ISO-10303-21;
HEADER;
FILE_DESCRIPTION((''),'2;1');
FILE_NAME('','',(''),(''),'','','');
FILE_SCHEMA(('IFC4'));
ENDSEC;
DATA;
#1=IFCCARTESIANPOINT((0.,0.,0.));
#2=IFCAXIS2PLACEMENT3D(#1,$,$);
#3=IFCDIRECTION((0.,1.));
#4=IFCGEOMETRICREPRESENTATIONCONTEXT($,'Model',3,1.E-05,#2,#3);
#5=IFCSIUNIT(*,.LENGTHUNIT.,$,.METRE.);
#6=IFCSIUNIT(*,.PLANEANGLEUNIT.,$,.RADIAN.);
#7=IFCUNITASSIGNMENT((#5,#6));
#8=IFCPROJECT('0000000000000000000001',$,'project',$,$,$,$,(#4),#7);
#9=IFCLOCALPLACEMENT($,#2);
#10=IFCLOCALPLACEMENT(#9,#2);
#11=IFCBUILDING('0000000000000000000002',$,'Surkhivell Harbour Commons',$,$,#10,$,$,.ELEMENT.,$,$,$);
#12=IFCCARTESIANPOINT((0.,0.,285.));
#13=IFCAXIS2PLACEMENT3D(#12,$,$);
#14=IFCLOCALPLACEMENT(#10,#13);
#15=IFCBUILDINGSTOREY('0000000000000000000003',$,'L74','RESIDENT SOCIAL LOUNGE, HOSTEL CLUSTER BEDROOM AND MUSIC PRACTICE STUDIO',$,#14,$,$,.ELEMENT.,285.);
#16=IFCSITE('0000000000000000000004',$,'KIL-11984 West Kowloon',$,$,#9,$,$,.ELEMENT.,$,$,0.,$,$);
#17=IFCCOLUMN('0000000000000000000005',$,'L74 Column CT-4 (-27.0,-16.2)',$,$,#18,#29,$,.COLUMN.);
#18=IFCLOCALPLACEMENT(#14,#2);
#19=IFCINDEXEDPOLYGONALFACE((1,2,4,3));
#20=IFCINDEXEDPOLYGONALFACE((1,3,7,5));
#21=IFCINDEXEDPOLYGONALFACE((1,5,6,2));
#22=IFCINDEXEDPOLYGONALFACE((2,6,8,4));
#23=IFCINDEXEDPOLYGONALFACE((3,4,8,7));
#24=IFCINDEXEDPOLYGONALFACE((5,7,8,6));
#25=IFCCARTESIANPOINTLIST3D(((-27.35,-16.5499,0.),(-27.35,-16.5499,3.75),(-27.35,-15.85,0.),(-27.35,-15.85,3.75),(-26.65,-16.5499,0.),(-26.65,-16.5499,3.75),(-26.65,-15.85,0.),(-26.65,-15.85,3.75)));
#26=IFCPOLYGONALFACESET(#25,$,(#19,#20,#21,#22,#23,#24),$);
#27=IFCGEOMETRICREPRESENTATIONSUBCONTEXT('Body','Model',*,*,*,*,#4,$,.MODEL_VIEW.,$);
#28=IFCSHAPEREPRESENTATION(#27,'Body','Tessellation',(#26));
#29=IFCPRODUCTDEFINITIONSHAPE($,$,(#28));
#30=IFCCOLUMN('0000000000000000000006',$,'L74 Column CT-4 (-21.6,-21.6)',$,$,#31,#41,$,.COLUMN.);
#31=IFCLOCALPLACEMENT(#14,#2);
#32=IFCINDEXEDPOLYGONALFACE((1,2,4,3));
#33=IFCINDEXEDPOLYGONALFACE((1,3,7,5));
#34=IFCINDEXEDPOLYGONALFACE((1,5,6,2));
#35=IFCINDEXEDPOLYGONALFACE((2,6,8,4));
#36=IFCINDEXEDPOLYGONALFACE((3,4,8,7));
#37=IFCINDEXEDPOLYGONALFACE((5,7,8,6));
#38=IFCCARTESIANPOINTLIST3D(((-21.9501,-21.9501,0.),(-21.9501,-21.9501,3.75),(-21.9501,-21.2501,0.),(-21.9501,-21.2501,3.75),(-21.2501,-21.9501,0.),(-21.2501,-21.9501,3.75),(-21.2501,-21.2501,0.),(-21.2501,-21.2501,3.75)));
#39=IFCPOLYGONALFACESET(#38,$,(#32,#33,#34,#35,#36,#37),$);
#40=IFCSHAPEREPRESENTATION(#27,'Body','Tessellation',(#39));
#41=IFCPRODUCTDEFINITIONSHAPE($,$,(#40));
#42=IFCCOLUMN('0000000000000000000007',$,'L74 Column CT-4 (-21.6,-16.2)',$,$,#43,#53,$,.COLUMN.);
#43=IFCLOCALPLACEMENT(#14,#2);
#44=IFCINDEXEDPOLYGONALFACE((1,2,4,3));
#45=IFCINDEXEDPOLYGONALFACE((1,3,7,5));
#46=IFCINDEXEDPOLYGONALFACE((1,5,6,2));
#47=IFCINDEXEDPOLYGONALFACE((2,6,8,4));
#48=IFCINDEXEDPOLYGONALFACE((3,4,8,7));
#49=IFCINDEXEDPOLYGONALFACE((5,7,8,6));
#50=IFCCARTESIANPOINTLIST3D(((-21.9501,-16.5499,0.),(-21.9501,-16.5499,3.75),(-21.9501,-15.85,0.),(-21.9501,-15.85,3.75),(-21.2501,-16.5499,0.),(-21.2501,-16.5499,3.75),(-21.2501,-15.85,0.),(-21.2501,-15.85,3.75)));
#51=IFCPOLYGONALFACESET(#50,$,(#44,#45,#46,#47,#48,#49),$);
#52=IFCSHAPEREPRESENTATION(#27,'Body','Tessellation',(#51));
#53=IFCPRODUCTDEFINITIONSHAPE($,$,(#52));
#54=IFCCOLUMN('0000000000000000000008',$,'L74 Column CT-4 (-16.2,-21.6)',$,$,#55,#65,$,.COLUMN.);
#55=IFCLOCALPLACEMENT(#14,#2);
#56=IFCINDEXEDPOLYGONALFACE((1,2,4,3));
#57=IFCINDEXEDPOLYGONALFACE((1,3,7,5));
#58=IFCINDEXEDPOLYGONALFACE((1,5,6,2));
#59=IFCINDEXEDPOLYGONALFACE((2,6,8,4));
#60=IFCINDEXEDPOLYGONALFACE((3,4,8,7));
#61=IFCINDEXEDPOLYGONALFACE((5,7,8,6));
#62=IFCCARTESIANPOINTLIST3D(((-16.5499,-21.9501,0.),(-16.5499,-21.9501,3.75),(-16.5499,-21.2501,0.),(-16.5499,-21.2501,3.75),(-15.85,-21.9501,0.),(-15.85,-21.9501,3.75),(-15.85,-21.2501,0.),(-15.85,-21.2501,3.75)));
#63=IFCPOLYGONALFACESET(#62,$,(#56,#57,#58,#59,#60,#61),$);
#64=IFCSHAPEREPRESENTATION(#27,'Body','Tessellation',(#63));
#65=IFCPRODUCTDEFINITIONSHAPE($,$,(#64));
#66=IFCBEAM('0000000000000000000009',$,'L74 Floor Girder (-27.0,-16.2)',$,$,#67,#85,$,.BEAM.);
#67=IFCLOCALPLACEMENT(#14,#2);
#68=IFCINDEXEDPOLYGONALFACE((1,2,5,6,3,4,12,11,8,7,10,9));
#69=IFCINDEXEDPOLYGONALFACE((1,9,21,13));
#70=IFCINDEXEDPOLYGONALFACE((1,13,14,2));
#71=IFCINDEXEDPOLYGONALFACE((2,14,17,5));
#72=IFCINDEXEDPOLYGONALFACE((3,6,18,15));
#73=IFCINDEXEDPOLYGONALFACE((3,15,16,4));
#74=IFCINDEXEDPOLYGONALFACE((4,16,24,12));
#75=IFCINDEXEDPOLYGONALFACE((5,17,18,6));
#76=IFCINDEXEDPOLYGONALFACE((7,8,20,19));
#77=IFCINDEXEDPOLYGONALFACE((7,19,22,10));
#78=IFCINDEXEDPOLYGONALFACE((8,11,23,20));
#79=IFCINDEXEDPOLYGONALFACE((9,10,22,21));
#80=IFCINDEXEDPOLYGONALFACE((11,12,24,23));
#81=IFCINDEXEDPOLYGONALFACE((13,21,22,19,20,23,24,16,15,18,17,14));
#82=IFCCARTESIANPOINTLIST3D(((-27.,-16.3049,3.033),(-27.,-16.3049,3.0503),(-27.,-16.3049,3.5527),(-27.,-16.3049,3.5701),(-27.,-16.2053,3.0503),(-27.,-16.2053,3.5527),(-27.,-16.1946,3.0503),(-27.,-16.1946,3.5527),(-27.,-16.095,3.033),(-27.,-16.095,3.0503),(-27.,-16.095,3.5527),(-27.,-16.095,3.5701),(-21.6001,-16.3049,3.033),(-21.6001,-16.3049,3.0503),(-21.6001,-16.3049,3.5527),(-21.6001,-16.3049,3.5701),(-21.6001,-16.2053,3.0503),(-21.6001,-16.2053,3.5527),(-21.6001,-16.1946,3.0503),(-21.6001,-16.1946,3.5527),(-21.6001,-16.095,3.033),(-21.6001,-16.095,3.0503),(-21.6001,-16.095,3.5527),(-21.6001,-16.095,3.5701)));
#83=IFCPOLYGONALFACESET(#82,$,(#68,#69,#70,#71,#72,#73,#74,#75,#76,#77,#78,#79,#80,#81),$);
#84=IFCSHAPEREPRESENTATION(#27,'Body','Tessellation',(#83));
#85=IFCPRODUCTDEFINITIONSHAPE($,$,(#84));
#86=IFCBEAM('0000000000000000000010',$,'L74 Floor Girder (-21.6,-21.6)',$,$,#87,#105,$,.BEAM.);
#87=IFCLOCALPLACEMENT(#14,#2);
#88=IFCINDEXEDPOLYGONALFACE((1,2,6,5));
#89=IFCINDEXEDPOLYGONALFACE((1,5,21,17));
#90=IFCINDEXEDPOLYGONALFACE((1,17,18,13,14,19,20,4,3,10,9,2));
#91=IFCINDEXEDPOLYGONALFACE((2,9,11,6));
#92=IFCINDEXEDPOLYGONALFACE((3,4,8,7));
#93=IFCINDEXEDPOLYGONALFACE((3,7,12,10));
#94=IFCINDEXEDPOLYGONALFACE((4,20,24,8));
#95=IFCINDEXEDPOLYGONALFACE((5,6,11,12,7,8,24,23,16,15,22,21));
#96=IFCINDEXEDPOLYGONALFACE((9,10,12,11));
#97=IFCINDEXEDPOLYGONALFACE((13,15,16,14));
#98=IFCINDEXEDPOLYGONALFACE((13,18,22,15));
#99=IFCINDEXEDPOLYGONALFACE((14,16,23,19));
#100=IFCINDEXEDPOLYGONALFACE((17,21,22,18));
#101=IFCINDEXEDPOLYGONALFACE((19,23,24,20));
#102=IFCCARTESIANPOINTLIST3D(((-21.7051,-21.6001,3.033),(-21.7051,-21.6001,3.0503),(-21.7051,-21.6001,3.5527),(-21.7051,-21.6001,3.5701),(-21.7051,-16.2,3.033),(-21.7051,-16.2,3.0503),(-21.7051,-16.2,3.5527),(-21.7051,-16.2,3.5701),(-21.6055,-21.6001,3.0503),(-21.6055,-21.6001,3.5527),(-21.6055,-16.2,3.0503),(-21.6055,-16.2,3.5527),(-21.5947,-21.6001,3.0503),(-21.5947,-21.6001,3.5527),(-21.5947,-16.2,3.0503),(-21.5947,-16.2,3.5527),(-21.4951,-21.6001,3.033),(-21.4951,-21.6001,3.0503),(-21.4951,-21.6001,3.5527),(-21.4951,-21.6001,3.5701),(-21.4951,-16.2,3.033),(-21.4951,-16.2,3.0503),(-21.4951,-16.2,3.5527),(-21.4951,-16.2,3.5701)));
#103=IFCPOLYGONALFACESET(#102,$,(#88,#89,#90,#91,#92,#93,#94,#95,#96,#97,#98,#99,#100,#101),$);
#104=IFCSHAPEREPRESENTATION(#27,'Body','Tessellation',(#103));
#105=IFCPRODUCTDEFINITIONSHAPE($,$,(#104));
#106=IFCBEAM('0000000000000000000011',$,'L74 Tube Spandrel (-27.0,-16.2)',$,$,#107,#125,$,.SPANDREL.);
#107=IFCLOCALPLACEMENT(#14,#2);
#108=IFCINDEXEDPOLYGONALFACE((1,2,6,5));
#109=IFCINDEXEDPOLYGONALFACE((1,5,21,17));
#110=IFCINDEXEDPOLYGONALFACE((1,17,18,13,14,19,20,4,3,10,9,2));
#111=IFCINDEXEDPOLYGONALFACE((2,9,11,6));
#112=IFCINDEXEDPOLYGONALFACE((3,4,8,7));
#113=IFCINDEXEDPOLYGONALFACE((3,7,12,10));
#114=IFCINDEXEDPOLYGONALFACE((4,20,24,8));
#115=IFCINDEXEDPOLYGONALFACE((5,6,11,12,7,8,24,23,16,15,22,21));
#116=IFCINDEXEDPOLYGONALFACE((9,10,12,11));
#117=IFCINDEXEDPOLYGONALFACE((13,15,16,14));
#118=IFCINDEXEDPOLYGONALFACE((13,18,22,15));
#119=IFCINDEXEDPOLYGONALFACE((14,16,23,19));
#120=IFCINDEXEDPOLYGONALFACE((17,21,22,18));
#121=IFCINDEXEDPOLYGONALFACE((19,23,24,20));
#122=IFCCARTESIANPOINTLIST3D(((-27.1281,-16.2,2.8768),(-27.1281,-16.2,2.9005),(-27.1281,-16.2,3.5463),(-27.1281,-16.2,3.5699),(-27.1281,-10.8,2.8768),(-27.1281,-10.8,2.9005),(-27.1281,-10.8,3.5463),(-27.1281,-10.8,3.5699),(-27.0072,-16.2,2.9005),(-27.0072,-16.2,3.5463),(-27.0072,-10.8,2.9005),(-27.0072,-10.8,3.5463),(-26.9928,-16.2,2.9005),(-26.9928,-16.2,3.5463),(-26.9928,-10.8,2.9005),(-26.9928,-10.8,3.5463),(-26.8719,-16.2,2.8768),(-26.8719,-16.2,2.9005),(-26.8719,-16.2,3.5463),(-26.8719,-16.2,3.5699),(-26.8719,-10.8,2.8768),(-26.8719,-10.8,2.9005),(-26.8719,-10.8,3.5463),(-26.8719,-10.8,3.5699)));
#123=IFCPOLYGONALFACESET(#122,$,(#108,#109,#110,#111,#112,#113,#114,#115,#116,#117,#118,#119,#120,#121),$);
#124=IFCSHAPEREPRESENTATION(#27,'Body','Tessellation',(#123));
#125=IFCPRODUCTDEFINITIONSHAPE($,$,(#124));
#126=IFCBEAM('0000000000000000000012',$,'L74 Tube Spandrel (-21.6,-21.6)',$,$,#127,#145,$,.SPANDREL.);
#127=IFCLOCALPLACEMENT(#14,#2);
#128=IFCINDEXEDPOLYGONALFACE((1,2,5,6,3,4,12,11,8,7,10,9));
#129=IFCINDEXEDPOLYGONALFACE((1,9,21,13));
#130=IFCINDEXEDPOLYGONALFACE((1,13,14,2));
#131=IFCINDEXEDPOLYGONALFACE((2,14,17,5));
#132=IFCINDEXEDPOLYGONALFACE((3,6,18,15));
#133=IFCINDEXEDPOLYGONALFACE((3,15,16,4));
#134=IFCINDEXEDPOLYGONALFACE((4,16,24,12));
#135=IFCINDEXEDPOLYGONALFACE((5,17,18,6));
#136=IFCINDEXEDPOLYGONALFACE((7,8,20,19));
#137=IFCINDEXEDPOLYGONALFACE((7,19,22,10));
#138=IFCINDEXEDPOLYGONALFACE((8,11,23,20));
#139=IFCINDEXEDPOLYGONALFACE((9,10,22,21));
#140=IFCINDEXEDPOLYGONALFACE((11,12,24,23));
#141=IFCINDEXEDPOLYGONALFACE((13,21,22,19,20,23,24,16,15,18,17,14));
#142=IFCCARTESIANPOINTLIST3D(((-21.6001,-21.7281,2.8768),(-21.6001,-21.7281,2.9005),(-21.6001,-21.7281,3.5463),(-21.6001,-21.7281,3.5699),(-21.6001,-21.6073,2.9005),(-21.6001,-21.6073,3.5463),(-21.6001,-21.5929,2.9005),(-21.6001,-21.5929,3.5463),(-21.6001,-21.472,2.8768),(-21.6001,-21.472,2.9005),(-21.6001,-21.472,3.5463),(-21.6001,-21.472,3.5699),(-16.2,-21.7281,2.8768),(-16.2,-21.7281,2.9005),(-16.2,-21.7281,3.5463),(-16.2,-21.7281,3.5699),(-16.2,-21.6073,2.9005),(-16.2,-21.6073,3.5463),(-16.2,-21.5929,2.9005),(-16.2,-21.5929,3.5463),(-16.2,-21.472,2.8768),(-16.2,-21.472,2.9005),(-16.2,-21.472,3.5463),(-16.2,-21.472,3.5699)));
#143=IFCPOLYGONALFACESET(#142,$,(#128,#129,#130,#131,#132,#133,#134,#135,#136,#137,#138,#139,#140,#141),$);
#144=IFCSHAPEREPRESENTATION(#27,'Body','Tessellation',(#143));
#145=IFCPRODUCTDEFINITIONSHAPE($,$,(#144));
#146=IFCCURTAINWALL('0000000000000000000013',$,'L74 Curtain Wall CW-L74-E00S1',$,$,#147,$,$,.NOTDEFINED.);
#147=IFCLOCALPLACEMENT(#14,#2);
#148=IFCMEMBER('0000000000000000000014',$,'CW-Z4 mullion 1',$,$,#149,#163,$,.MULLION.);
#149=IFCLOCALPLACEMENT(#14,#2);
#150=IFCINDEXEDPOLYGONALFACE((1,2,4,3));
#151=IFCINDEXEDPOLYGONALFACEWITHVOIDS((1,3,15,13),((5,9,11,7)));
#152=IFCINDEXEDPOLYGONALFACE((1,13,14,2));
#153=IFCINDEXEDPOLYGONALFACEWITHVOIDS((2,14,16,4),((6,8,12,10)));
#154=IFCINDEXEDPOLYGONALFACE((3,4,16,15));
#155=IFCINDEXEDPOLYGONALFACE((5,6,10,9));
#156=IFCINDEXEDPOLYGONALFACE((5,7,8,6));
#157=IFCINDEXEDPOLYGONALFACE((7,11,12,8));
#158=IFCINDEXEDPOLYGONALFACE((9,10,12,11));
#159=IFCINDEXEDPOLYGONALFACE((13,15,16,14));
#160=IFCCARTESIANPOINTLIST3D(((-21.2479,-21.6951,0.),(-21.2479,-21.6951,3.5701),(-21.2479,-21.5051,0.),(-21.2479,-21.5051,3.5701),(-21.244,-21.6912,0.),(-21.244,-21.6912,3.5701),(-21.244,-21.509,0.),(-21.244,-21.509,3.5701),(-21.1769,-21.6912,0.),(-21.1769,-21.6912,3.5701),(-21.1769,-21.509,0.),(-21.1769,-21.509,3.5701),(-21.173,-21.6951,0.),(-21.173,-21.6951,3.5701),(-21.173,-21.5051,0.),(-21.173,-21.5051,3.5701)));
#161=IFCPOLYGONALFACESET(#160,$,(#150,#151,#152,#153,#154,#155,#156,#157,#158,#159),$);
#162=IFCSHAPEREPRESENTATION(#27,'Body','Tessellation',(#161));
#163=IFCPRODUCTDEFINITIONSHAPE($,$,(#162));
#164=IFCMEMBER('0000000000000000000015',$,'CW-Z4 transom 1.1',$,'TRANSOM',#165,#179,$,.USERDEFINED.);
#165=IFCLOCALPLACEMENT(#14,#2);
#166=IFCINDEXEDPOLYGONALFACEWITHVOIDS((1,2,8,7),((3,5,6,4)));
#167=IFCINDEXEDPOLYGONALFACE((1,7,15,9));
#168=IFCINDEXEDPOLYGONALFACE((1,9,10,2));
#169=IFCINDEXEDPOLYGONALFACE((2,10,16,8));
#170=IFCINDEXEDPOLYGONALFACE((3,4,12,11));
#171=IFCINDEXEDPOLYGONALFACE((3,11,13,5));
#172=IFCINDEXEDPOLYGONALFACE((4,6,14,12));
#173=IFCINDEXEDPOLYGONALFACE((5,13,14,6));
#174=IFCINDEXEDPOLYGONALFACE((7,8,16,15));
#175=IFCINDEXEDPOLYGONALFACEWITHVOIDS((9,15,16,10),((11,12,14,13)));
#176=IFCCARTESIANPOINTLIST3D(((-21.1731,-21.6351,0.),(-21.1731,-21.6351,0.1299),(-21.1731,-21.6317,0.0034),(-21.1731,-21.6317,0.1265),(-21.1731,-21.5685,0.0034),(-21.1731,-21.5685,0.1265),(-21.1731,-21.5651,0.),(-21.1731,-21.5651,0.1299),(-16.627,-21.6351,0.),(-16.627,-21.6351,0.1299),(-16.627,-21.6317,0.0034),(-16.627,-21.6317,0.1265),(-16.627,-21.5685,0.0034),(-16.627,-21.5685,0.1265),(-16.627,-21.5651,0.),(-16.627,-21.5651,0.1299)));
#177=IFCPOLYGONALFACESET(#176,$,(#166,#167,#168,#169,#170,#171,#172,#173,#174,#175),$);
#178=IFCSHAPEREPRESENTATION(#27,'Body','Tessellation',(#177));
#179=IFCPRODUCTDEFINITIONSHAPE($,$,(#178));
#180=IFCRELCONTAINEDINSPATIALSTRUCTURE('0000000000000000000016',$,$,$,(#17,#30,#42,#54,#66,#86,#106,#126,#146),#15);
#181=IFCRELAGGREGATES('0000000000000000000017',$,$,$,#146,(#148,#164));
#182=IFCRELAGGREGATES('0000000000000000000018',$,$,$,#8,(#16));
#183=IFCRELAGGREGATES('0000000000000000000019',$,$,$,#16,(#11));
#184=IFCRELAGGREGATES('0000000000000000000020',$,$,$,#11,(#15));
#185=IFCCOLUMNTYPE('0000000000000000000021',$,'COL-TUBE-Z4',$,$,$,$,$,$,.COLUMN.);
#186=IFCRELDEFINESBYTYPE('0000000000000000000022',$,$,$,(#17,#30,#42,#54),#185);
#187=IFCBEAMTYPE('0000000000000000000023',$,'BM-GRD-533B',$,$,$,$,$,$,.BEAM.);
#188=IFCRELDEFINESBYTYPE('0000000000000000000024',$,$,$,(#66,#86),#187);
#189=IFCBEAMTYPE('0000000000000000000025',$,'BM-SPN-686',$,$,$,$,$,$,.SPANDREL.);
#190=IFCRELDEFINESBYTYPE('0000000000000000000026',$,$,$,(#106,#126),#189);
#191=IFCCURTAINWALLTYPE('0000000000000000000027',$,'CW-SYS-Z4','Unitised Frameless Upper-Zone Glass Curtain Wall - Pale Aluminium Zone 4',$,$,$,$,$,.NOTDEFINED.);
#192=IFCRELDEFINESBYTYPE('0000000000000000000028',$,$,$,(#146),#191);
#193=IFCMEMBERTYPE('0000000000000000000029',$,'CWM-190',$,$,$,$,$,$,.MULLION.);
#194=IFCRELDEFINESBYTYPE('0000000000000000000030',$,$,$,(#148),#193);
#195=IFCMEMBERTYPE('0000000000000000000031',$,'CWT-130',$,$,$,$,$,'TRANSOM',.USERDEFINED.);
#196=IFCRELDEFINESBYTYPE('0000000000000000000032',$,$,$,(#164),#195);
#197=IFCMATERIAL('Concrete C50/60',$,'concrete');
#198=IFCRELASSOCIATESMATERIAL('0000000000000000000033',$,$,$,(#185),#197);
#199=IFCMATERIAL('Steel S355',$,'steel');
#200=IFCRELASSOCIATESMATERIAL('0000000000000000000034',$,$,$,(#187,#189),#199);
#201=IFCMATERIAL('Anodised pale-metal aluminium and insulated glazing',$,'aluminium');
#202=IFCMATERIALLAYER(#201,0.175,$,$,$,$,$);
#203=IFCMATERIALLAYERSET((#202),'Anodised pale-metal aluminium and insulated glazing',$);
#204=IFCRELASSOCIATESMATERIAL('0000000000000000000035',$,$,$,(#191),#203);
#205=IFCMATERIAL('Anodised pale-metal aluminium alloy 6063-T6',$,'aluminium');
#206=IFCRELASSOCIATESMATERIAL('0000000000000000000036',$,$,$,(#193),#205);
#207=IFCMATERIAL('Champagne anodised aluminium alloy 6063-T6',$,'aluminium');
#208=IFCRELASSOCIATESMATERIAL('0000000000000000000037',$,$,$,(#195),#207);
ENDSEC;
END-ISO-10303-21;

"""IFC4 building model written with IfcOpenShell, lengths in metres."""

from ifc_helpers import new_model, si_unit, direction, frame, origin, origin_2d, place, context, subcontext, project, spatial, rectangle, hollow_rectangle, i_section, extrude, material, layer, layer_set, material_profile, profile_set, type_object, element, aggregate, save


model = new_model("IFC4")

# Units and contexts
model_context = context("Model", 3, precision=1e-05, world=origin(), true_north=direction((0.0, 1.0)))
body_context = subcontext(model_context, "Body", "Model", "MODEL_VIEW")
ifc_project = project(units=[si_unit("LENGTHUNIT", "METRE"), si_unit("PLANEANGLEUNIT", "RADIAN")], contexts=[model_context])

# Site, building, storey
site_placement = place(None, origin())
site = spatial("IfcSite", under=ifc_project, at=site_placement, Name="KIL-11984 West Kowloon", CompositionType="ELEMENT", RefElevation=0.0)
building_placement = place(site_placement, origin())
building = spatial("IfcBuilding", under=site, at=building_placement, Name="Surkhivell Harbour Commons", CompositionType="ELEMENT")
storey_placement = place(building_placement, frame((0.0, 0.0, 285.0)))
storey = spatial("IfcBuildingStorey", under=building, at=storey_placement, Name="L74", Description="RESIDENT SOCIAL LOUNGE, HOSTEL CLUSTER BEDROOM AND MUSIC PRACTICE STUDIO", CompositionType="ELEMENT", Elevation=285.0)

# Columns
ifc_material_1 = material(Name="Concrete C50/60", Category="concrete")
ifc_material_profile_1 = material_profile(ifc_material_1, rectangle(XDim=0.7, YDim=0.7, at=origin_2d()), Name="RC-COL-700x700")
ifc_profile_set_1 = profile_set([ifc_material_profile_1], Name="Concrete C50/60")
column_type = type_object("IfcColumnType", Name="COL-TUBE-Z4", PredefinedType="COLUMN", material=ifc_profile_set_1)
for number, where, z_axis, x_axis, name in (
    (1, (-27.0, -16.2, 0.0), (0.0, 0.0, 1.0), (1.0, 0.0, 0.0), "L74 Column CT-4 (-27.0,-16.2)"),
    (2, (-21.6001, -21.6001, 0.0), (0.0, 0.0, 1.0), (1.0, 0.0, 0.0), "L74 Column CT-4 (-21.6,-21.6)"),
    (3, (-21.6001, -16.2, 0.0), (0.0, 0.0, 1.0), (1.0, 0.0, 0.0), "L74 Column CT-4 (-21.6,-16.2)"),
    (4, (-16.2, -21.6001, 0.0), (0.0, 0.0, 1.0), (1.0, 0.0, 0.0), "L74 Column CT-4 (-16.2,-21.6)"),
):
    element("IfcColumn", number, at=place(storey_placement, frame(where, z_axis=z_axis, x_axis=x_axis)), inside=storey, type_object=column_type, Name=name, PredefinedType="COLUMN", context=body_context, shape_type="SweptSolid", body=[
        extrude(rectangle(XDim=0.7, YDim=0.7, at=origin_2d()), origin(), (0.0, 0.0, 1.0), 3.75),
    ])

# Beams
ifc_material_2 = material(Name="Steel S355", Category="steel")
ifc_material_profile_2 = material_profile(ifc_material_2, i_section(OverallWidth=0.21, OverallDepth=0.5371, WebThickness=0.0107, FlangeThickness=0.0173, at=origin_2d()), Name="UB533x210x101")
ifc_profile_set_2 = profile_set([ifc_material_profile_2], Name="Steel S355")
beam_type_1 = type_object("IfcBeamType", Name="BM-GRD-533B", PredefinedType="BEAM", material=ifc_profile_set_2)
beam_1_placement = place(storey_placement, frame((-27.0, -16.2, 3.3015), z_axis=(1.0, 0.0, 0.0), x_axis=(0.0, 1.0, 0.0)))
element("IfcBeam", 5, at=beam_1_placement, inside=storey, type_object=beam_type_1, Name="L74 Floor Girder (-27.0,-16.2)", PredefinedType="BEAM", context=body_context, shape_type="SweptSolid", body=[
    extrude(i_section(OverallWidth=0.21, OverallDepth=0.5371, WebThickness=0.0107, FlangeThickness=0.0173, at=origin_2d()), origin(), (0.0, 0.0, 1.0), 5.3999),
])
beam_2_placement = place(storey_placement, frame((-21.6001, -21.6001, 3.3015), z_axis=(0.0, 1.0, 0.0), x_axis=(-1.0, 0.0, 0.0)))
element("IfcBeam", 6, at=beam_2_placement, inside=storey, type_object=beam_type_1, Name="L74 Floor Girder (-21.6,-21.6)", PredefinedType="BEAM", context=body_context, shape_type="SweptSolid", body=[
    extrude(i_section(OverallWidth=0.21, OverallDepth=0.5371, WebThickness=0.0107, FlangeThickness=0.0173, at=origin_2d()), origin(), (0.0, 0.0, 1.0), 5.4001),
])
ifc_material_profile_3 = material_profile(ifc_material_2, i_section(OverallWidth=0.2561, OverallDepth=0.6931, WebThickness=0.0144, FlangeThickness=0.0237, at=origin_2d()), Name="UB686x254x170")
ifc_profile_set_3 = profile_set([ifc_material_profile_3], Name="Steel S355")
beam_type_2 = type_object("IfcBeamType", Name="BM-SPN-686", PredefinedType="SPANDREL", material=ifc_profile_set_3)
beam_3_placement = place(storey_placement, frame((-27.0, -16.2, 3.2234), z_axis=(0.0, 1.0, 0.0), x_axis=(-1.0, 0.0, 0.0)))
element("IfcBeam", 7, at=beam_3_placement, inside=storey, type_object=beam_type_2, Name="L74 Tube Spandrel (-27.0,-16.2)", PredefinedType="SPANDREL", context=body_context, shape_type="SweptSolid", body=[
    extrude(i_section(OverallWidth=0.2561, OverallDepth=0.6931, WebThickness=0.0144, FlangeThickness=0.0237, at=origin_2d()), origin(), (0.0, 0.0, 1.0), 5.3999),
])
beam_4_placement = place(storey_placement, frame((-21.6001, -21.6001, 3.2234), z_axis=(1.0, 0.0, 0.0), x_axis=(0.0, 1.0, 0.0)))
element("IfcBeam", 8, at=beam_4_placement, inside=storey, type_object=beam_type_2, Name="L74 Tube Spandrel (-21.6,-21.6)", PredefinedType="SPANDREL", context=body_context, shape_type="SweptSolid", body=[
    extrude(i_section(OverallWidth=0.2561, OverallDepth=0.6931, WebThickness=0.0144, FlangeThickness=0.0237, at=origin_2d()), origin(), (0.0, 0.0, 1.0), 5.4001),
])

# Curtain wall, members
ifc_material_3 = material(Name="Anodised pale-metal aluminium and insulated glazing", Category="aluminium")
ifc_layer_1 = layer(ifc_material_3, 0.175)
ifc_layer_set_1 = layer_set([ifc_layer_1], Name="Anodised pale-metal aluminium and insulated glazing")
curtain_wall_type = type_object("IfcCurtainWallType", Name="CW-SYS-Z4", Description="Unitised Frameless Upper-Zone Glass Curtain Wall - Pale Aluminium Zone 4", PredefinedType="NOTDEFINED", material=ifc_layer_set_1)
curtain_wall_placement = place(storey_placement, origin())
curtain_wall = element("IfcCurtainWall", 9, at=curtain_wall_placement, inside=storey, type_object=curtain_wall_type, Name="L74 Curtain Wall CW-L74-E00S1", PredefinedType="NOTDEFINED")
ifc_material_4 = material(Name="Anodised pale-metal aluminium alloy 6063-T6", Category="aluminium")
ifc_material_profile_4 = material_profile(ifc_material_4, hollow_rectangle(XDim=0.075, YDim=0.1899, WallThickness=0.0039, at=origin_2d()), Name="ALU-MULL-75x190")
ifc_profile_set_4 = profile_set([ifc_material_profile_4], Name="Anodised pale-metal aluminium alloy 6063-T6")
member_type_1 = type_object("IfcMemberType", Name="CWM-190", PredefinedType="MULLION", material=ifc_profile_set_4)
member_1_placement = place(storey_placement, frame((-21.2104, -21.6001, 0.0), z_axis=(0.0, 0.0, 1.0), x_axis=(1.0, 0.0, 0.0)))
member_1 = element("IfcMember", 10, at=member_1_placement, type_object=member_type_1, Name="CW-Z4 mullion 1", PredefinedType="MULLION", context=body_context, shape_type="SweptSolid", body=[
    extrude(hollow_rectangle(XDim=0.075, YDim=0.1899, WallThickness=0.0039, at=origin_2d()), origin(), (0.0, 0.0, 1.0), 3.5701),
])
ifc_material_5 = material(Name="Champagne anodised aluminium alloy 6063-T6", Category="aluminium")
ifc_material_profile_5 = material_profile(ifc_material_5, hollow_rectangle(XDim=0.0701, YDim=0.1299, WallThickness=0.0034, at=origin_2d()), Name="ALU-TRAN-70x130")
ifc_profile_set_5 = profile_set([ifc_material_profile_5], Name="Champagne anodised aluminium alloy 6063-T6")
member_type_2 = type_object("IfcMemberType", Name="CWT-130", ElementType="TRANSOM", PredefinedType="USERDEFINED", material=ifc_profile_set_5)
member_2_placement = place(storey_placement, frame((-21.1731, -21.6001, 0.0649), z_axis=(1.0, 0.0, 0.0), x_axis=(0.0, 1.0, 0.0)))
member_2 = element("IfcMember", 11, at=member_2_placement, type_object=member_type_2, Name="CW-Z4 transom 1.1", ObjectType="TRANSOM", PredefinedType="USERDEFINED", context=body_context, shape_type="SweptSolid", body=[
    extrude(hollow_rectangle(XDim=0.0701, YDim=0.1299, WallThickness=0.0034, at=origin_2d()), origin(), (0.0, 0.0, 1.0), 4.5461),
])

aggregate(curtain_wall, [member_1, member_2])

save(model, "model.ifc")
